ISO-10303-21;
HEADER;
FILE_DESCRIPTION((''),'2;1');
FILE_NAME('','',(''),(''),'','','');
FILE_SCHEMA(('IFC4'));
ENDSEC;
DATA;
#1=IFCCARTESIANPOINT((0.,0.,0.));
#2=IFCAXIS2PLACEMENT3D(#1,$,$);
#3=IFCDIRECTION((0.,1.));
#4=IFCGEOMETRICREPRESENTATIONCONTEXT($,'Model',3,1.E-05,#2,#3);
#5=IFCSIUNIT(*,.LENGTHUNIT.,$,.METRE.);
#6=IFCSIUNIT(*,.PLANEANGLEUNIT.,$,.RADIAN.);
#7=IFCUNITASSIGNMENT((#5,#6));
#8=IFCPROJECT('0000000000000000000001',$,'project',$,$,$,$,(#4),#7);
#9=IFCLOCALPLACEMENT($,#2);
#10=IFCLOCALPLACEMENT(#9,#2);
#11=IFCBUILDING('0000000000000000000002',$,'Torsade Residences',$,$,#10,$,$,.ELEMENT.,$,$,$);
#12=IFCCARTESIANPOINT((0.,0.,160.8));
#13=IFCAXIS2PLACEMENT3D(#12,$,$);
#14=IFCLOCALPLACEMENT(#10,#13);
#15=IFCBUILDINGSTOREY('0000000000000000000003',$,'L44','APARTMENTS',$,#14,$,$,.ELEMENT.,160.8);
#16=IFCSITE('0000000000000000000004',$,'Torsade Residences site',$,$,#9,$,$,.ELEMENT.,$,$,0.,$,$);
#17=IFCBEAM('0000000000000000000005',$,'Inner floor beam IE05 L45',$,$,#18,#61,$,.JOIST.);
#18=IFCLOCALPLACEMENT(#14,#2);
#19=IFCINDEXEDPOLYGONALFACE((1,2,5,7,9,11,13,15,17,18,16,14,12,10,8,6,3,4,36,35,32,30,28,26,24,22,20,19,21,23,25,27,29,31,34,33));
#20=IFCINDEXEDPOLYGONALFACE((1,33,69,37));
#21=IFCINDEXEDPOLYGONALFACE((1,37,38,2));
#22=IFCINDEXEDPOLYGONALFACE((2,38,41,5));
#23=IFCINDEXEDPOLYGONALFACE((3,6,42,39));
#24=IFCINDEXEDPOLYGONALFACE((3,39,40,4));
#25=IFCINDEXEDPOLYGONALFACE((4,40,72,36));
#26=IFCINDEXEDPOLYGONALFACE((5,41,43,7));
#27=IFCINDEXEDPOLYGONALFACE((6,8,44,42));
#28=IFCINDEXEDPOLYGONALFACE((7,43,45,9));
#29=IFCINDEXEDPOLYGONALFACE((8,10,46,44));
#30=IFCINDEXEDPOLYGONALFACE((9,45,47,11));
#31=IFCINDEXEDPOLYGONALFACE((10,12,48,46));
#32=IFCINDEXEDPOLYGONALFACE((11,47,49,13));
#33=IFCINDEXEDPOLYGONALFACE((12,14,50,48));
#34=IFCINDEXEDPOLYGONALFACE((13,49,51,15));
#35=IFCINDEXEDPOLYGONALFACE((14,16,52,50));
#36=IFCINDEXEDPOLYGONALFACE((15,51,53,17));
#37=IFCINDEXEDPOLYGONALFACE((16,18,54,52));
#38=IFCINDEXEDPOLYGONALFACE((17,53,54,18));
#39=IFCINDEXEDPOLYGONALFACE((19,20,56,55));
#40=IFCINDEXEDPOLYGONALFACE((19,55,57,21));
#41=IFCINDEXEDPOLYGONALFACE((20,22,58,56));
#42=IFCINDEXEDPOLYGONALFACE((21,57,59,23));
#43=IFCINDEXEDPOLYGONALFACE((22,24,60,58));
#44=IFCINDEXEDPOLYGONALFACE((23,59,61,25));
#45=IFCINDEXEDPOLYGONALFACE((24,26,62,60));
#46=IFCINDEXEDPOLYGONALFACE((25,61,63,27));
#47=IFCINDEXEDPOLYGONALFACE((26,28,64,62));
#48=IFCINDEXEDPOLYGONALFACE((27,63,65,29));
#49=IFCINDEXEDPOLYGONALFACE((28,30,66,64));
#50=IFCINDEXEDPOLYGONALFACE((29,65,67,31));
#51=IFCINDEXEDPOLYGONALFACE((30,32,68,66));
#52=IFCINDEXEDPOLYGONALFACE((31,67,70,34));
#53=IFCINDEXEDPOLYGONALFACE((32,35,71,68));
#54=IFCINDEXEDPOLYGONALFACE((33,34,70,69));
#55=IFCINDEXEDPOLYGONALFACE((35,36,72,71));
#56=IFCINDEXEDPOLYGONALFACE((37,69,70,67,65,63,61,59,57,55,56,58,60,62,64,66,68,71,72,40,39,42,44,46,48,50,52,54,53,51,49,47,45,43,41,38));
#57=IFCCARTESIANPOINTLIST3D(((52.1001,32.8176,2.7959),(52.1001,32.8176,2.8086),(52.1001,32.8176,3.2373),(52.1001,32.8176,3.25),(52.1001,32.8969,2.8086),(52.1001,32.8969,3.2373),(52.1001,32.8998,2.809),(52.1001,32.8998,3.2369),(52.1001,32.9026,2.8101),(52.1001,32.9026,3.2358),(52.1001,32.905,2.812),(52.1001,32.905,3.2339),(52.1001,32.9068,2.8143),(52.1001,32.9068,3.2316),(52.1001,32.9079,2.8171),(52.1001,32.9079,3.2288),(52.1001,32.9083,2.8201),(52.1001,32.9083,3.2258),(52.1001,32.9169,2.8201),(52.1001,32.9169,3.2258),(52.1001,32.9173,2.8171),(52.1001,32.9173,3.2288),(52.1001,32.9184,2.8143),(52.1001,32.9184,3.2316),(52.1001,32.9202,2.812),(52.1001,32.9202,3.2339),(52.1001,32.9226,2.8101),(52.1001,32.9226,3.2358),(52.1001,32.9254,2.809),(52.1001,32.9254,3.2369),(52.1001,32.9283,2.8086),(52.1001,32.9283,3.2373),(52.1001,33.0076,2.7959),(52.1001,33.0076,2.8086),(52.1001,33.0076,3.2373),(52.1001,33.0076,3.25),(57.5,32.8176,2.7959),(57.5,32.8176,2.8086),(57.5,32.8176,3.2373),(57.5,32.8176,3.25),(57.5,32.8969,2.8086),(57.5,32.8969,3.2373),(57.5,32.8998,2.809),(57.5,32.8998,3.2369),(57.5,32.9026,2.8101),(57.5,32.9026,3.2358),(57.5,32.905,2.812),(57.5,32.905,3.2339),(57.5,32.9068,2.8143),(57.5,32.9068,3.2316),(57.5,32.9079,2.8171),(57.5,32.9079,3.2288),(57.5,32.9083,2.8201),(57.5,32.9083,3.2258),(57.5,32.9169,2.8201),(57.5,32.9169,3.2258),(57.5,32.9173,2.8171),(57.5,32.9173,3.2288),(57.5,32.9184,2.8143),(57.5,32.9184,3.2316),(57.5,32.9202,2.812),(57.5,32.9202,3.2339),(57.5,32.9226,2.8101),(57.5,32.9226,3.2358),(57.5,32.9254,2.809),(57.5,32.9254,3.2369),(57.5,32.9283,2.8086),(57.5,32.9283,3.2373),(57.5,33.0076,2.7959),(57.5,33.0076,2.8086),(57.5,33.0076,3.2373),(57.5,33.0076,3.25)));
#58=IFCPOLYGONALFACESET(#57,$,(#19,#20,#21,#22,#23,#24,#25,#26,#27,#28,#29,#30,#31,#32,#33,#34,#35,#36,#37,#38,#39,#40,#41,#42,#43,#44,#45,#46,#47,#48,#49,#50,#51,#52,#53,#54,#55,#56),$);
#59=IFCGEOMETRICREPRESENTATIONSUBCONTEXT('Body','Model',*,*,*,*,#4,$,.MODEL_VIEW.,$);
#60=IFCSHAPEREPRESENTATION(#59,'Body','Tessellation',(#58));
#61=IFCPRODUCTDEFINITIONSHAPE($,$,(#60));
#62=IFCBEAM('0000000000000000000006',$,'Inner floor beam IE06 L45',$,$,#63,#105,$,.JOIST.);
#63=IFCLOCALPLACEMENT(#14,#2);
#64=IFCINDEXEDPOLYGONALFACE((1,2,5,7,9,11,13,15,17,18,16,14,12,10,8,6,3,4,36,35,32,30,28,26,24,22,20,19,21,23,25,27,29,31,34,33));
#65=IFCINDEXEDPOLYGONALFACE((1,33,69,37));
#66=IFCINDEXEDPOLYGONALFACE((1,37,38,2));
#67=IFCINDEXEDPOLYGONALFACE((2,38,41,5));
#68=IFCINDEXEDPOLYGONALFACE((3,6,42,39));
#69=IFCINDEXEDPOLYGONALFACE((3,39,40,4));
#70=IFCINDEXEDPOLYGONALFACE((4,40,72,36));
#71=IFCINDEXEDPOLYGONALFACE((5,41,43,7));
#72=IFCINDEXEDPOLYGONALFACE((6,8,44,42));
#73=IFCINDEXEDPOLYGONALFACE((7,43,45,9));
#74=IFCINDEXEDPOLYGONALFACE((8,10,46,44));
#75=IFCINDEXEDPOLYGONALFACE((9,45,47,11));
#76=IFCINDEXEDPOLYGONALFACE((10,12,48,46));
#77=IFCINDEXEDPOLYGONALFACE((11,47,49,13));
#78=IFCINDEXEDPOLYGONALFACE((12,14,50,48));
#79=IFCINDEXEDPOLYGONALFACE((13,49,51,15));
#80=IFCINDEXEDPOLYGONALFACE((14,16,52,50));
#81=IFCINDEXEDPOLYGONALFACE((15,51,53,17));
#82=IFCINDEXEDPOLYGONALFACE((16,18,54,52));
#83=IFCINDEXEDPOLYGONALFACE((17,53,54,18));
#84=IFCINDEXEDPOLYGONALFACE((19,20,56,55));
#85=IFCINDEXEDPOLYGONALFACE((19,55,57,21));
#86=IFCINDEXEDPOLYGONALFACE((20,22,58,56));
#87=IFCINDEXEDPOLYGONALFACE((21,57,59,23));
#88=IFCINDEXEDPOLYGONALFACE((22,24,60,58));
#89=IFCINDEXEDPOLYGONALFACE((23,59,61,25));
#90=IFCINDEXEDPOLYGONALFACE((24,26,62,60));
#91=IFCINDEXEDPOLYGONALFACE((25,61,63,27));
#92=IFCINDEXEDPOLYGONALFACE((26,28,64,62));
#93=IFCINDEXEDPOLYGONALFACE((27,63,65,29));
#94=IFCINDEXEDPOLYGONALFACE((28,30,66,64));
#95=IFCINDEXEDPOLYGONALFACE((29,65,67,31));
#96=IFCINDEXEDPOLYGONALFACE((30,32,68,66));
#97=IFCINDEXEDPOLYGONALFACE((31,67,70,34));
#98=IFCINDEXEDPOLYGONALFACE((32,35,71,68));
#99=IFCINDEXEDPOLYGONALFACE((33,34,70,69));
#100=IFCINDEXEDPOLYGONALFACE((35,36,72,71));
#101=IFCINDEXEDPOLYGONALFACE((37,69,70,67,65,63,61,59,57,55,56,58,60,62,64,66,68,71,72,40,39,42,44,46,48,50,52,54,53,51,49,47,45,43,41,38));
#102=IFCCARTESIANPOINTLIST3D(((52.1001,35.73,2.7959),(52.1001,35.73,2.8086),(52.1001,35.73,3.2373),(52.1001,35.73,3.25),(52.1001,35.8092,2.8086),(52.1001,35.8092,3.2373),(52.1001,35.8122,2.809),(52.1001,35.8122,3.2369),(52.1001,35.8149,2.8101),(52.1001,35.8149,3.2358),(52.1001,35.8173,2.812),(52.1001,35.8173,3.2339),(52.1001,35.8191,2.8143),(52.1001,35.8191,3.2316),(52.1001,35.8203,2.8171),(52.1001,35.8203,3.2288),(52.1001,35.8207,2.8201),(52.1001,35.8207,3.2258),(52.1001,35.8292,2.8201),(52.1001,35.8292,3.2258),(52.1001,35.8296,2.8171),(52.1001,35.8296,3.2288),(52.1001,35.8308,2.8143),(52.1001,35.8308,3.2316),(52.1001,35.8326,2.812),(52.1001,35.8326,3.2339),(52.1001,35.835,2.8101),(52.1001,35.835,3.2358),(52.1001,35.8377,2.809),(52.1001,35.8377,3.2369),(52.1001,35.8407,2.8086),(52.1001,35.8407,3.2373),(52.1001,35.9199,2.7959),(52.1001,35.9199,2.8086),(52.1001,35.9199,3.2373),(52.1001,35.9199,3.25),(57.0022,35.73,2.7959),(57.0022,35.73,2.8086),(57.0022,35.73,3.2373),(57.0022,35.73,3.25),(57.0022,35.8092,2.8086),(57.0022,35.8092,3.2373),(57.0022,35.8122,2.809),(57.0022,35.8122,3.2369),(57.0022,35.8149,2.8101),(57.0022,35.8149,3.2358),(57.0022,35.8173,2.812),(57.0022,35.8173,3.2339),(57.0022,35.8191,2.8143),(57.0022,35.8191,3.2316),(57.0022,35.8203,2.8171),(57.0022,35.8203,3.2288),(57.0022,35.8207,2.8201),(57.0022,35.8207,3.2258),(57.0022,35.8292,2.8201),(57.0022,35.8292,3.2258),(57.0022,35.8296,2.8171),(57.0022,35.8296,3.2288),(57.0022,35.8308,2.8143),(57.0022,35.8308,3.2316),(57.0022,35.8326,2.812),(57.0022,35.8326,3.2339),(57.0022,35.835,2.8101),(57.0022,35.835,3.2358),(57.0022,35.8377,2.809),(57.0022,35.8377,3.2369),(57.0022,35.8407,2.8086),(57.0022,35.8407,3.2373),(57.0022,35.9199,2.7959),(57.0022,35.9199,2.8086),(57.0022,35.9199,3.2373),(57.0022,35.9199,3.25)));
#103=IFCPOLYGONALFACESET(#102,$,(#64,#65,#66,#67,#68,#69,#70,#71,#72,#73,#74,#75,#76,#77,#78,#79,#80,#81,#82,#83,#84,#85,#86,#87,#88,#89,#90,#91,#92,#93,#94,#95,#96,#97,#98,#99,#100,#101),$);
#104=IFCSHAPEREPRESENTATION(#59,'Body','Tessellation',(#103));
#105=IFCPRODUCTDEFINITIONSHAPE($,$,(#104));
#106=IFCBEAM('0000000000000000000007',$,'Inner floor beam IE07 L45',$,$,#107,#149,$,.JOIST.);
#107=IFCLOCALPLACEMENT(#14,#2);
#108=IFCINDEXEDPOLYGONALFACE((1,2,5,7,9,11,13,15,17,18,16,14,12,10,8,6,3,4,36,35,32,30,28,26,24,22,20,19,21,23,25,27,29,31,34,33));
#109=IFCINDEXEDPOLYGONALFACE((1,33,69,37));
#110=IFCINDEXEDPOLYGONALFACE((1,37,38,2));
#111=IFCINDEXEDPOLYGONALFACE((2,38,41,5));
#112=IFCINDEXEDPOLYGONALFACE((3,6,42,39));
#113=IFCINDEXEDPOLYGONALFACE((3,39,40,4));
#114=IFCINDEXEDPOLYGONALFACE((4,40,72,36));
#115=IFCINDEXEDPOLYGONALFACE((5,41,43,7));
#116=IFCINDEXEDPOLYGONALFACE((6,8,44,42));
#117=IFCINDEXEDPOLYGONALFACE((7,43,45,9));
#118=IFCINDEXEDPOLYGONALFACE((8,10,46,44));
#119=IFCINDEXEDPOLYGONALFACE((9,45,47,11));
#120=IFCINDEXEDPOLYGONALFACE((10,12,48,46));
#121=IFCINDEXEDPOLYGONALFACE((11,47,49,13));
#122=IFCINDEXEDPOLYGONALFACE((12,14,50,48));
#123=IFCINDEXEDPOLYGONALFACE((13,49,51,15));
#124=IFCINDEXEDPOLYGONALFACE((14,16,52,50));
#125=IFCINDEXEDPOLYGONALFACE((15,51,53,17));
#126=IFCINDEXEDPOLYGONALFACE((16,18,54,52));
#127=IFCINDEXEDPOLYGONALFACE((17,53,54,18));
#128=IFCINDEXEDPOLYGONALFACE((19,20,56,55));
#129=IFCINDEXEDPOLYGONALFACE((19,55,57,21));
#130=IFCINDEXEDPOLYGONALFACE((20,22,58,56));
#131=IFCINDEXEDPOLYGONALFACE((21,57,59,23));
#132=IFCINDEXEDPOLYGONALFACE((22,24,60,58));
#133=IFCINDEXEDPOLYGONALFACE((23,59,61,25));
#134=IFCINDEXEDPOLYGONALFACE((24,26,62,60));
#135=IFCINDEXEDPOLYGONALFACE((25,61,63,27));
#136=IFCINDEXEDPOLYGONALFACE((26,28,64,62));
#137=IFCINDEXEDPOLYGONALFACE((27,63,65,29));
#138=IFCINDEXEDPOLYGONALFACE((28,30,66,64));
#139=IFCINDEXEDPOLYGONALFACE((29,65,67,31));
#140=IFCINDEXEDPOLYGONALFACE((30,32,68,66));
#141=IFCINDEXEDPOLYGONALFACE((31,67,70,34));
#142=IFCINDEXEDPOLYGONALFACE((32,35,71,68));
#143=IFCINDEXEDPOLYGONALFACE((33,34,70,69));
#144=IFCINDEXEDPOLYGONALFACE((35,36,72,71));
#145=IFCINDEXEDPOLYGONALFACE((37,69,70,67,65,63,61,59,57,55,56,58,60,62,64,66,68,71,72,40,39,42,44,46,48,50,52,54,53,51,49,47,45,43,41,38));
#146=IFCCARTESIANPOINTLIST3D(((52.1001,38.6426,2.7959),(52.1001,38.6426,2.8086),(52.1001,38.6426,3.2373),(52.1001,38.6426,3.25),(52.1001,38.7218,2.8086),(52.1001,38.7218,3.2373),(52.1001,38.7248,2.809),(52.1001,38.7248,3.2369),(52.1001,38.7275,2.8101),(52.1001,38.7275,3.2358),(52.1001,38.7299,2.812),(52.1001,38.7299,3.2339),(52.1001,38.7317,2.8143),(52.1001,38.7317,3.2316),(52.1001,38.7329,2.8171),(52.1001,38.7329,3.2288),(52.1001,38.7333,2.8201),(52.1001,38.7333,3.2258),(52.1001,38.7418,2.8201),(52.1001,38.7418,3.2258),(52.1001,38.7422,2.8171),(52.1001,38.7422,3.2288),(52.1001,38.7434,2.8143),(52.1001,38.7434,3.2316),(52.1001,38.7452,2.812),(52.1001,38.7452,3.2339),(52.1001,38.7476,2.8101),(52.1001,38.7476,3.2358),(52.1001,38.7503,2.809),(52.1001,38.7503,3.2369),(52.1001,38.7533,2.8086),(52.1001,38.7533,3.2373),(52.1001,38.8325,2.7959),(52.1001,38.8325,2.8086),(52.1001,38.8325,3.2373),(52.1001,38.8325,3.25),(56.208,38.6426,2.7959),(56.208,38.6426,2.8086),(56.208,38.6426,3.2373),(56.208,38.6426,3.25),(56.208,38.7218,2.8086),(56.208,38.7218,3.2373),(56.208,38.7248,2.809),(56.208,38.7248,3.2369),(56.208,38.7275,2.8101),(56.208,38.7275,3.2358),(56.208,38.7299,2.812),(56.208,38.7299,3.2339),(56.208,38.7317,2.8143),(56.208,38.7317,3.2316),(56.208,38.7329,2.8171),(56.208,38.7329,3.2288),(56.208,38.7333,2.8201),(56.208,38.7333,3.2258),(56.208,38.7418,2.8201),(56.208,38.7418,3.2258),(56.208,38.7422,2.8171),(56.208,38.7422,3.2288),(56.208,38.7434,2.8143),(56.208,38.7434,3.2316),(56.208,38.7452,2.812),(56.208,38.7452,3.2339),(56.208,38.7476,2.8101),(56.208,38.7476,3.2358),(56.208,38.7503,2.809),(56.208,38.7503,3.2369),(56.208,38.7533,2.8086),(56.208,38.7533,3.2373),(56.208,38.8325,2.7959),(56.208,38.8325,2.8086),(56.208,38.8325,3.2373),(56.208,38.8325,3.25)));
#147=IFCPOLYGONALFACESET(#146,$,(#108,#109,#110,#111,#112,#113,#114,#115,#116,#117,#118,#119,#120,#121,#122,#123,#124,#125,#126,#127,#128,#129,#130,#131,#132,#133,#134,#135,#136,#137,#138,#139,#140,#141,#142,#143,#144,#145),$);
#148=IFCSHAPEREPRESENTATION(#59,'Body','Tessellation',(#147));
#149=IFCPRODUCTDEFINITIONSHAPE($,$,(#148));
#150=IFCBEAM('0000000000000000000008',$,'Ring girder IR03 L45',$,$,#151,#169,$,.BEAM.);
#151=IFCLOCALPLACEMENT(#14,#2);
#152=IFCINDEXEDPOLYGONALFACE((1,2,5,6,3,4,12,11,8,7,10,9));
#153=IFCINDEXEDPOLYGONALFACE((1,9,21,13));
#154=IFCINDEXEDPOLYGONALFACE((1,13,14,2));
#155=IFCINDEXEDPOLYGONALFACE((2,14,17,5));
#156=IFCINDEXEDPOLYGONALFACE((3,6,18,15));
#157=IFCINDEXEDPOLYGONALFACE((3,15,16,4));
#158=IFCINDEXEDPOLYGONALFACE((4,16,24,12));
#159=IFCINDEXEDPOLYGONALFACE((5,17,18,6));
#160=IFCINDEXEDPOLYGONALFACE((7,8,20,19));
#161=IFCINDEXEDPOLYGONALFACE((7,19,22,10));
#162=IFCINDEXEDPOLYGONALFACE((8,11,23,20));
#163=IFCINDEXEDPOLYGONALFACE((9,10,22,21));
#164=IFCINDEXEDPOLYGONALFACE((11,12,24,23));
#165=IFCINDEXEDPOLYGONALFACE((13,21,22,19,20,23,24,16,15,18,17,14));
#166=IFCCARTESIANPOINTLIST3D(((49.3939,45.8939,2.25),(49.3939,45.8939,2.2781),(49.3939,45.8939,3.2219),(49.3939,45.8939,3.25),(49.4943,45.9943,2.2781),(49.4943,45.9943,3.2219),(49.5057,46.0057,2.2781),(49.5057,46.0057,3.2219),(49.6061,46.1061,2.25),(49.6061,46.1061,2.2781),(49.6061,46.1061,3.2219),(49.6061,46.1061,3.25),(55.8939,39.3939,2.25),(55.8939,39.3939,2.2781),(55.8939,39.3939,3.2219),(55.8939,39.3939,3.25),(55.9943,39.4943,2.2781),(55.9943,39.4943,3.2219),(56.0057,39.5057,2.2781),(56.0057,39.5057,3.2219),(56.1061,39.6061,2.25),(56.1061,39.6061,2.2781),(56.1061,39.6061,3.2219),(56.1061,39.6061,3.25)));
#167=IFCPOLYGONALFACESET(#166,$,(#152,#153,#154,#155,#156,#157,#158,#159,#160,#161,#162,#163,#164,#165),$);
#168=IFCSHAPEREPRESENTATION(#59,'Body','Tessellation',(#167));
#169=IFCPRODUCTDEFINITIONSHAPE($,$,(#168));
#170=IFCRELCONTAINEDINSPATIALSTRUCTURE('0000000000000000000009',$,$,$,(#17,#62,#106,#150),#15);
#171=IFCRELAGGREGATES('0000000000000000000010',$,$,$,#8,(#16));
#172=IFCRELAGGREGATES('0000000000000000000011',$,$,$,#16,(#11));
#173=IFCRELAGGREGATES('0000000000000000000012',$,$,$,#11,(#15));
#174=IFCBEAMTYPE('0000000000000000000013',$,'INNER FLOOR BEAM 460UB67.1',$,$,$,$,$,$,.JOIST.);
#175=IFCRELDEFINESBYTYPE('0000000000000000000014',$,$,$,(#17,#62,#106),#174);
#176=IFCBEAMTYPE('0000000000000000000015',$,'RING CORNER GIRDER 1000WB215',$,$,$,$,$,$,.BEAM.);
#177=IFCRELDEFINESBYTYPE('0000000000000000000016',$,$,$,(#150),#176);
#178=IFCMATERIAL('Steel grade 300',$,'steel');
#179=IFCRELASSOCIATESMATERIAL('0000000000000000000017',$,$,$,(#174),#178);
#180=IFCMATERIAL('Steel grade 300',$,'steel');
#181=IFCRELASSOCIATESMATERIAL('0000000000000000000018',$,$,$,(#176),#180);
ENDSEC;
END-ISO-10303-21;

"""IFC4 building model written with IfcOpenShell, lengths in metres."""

from ifc_helpers import new_model, si_unit, direction, frame, origin, origin_2d, place, context, subcontext, project, spatial, i_section, extrude, material, material_profile, profile_set, type_object, element, save


model = new_model("IFC4")

# Units and contexts
model_context = context("Model", 3, precision=1e-05, world=origin(), true_north=direction((0.0, 1.0)))
body_context = subcontext(model_context, "Body", "Model", "MODEL_VIEW")
ifc_project = project(units=[si_unit("LENGTHUNIT", "METRE"), si_unit("PLANEANGLEUNIT", "RADIAN")], contexts=[model_context])

# Site, building, storey
site_placement = place(None, origin())
site = spatial("IfcSite", under=ifc_project, at=site_placement, Name="Torsade Residences site", CompositionType="ELEMENT", RefElevation=0.0)
building_placement = place(site_placement, origin())
building = spatial("IfcBuilding", under=site, at=building_placement, Name="Torsade Residences", CompositionType="ELEMENT")
storey_placement = place(building_placement, frame((0.0, 0.0, 160.8)))
storey = spatial("IfcBuildingStorey", under=building, at=storey_placement, Name="L44", Description="APARTMENTS", CompositionType="ELEMENT", Elevation=160.8)

# Beams
ifc_material_1 = material(Name="Steel grade 300", Category="steel")
ifc_material_profile_1 = material_profile(ifc_material_1, i_section(OverallWidth=0.1899, OverallDepth=0.4541, WebThickness=0.0085, FlangeThickness=0.0127, FilletRadius=0.0115, at=origin_2d()), Name="460UB67.1")
ifc_profile_set_1 = profile_set([ifc_material_profile_1], Name="Steel grade 300")
beam_type_1 = type_object("IfcBeamType", Name="INNER FLOOR BEAM 460UB67.1", PredefinedType="JOIST", material=ifc_profile_set_1)
for number, where, z_axis, x_axis, name in (
    (1, (52.1001, 32.9126, 3.0229), (1.0, 0.0, 0.0), (0.0, 1.0, 0.0), "Inner floor beam IE05 L45"),
):
    element("IfcBeam", number, at=place(storey_placement, frame(where, z_axis=z_axis, x_axis=x_axis)), inside=storey, type_object=beam_type_1, Name=name, PredefinedType="JOIST", context=body_context, shape_type="SweptSolid", body=[
        extrude(i_section(OverallWidth=0.1899, OverallDepth=0.4541, WebThickness=0.0085, FlangeThickness=0.0127, FilletRadius=0.0115, at=origin_2d()), origin(), (0.0, 0.0, 1.0), 5.3999),
    ])
beam_1_placement = place(storey_placement, frame((52.1001, 35.825, 3.0229), z_axis=(1.0, 0.0, 0.0), x_axis=(0.0, 1.0, 0.0)))
element("IfcBeam", 2, at=beam_1_placement, inside=storey, type_object=beam_type_1, Name="Inner floor beam IE06 L45", PredefinedType="JOIST", context=body_context, shape_type="SweptSolid", body=[
    extrude(i_section(OverallWidth=0.1899, OverallDepth=0.4541, WebThickness=0.0085, FlangeThickness=0.0127, FilletRadius=0.0115, at=origin_2d()), origin(), (0.0, 0.0, 1.0), 4.9021),
])
beam_2_placement = place(storey_placement, frame((52.1001, 38.7375, 3.0229), z_axis=(1.0, 0.0, 0.0), x_axis=(0.0, 1.0, 0.0)))
element("IfcBeam", 3, at=beam_2_placement, inside=storey, type_object=beam_type_1, Name="Inner floor beam IE07 L45", PredefinedType="JOIST", context=body_context, shape_type="SweptSolid", body=[
    extrude(i_section(OverallWidth=0.1899, OverallDepth=0.4541, WebThickness=0.0085, FlangeThickness=0.0127, FilletRadius=0.0115, at=origin_2d()), origin(), (0.0, 0.0, 1.0), 4.1079),
])
ifc_material_2 = material(Name="Steel grade 300", Category="steel")
ifc_material_profile_2 = material_profile(ifc_material_2, i_section(OverallWidth=0.3, OverallDepth=1.0, WebThickness=0.0161, FlangeThickness=0.0281, at=origin_2d()), Name="1000WB215")
ifc_profile_set_2 = profile_set([ifc_material_profile_2], Name="Steel grade 300")
beam_type_2 = type_object("IfcBeamType", Name="RING CORNER GIRDER 1000WB215", PredefinedType="BEAM", material=ifc_profile_set_2)
beam_3_placement = place(storey_placement, frame((56.0, 39.5, 2.75), z_axis=(-0.707107, 0.707107, 0.0), x_axis=(-0.707107, -0.707107, 0.0)))
element("IfcBeam", 4, at=beam_3_placement, inside=storey, type_object=beam_type_2, Name="Ring girder IR03 L45", PredefinedType="BEAM", context=body_context, shape_type="SweptSolid", body=[
    extrude(i_section(OverallWidth=0.3, OverallDepth=1.0, WebThickness=0.0161, FlangeThickness=0.0281, at=origin_2d()), origin(), (0.0, 0.0, 1.0), 9.1924),
])

save(model, "model.ifc")
